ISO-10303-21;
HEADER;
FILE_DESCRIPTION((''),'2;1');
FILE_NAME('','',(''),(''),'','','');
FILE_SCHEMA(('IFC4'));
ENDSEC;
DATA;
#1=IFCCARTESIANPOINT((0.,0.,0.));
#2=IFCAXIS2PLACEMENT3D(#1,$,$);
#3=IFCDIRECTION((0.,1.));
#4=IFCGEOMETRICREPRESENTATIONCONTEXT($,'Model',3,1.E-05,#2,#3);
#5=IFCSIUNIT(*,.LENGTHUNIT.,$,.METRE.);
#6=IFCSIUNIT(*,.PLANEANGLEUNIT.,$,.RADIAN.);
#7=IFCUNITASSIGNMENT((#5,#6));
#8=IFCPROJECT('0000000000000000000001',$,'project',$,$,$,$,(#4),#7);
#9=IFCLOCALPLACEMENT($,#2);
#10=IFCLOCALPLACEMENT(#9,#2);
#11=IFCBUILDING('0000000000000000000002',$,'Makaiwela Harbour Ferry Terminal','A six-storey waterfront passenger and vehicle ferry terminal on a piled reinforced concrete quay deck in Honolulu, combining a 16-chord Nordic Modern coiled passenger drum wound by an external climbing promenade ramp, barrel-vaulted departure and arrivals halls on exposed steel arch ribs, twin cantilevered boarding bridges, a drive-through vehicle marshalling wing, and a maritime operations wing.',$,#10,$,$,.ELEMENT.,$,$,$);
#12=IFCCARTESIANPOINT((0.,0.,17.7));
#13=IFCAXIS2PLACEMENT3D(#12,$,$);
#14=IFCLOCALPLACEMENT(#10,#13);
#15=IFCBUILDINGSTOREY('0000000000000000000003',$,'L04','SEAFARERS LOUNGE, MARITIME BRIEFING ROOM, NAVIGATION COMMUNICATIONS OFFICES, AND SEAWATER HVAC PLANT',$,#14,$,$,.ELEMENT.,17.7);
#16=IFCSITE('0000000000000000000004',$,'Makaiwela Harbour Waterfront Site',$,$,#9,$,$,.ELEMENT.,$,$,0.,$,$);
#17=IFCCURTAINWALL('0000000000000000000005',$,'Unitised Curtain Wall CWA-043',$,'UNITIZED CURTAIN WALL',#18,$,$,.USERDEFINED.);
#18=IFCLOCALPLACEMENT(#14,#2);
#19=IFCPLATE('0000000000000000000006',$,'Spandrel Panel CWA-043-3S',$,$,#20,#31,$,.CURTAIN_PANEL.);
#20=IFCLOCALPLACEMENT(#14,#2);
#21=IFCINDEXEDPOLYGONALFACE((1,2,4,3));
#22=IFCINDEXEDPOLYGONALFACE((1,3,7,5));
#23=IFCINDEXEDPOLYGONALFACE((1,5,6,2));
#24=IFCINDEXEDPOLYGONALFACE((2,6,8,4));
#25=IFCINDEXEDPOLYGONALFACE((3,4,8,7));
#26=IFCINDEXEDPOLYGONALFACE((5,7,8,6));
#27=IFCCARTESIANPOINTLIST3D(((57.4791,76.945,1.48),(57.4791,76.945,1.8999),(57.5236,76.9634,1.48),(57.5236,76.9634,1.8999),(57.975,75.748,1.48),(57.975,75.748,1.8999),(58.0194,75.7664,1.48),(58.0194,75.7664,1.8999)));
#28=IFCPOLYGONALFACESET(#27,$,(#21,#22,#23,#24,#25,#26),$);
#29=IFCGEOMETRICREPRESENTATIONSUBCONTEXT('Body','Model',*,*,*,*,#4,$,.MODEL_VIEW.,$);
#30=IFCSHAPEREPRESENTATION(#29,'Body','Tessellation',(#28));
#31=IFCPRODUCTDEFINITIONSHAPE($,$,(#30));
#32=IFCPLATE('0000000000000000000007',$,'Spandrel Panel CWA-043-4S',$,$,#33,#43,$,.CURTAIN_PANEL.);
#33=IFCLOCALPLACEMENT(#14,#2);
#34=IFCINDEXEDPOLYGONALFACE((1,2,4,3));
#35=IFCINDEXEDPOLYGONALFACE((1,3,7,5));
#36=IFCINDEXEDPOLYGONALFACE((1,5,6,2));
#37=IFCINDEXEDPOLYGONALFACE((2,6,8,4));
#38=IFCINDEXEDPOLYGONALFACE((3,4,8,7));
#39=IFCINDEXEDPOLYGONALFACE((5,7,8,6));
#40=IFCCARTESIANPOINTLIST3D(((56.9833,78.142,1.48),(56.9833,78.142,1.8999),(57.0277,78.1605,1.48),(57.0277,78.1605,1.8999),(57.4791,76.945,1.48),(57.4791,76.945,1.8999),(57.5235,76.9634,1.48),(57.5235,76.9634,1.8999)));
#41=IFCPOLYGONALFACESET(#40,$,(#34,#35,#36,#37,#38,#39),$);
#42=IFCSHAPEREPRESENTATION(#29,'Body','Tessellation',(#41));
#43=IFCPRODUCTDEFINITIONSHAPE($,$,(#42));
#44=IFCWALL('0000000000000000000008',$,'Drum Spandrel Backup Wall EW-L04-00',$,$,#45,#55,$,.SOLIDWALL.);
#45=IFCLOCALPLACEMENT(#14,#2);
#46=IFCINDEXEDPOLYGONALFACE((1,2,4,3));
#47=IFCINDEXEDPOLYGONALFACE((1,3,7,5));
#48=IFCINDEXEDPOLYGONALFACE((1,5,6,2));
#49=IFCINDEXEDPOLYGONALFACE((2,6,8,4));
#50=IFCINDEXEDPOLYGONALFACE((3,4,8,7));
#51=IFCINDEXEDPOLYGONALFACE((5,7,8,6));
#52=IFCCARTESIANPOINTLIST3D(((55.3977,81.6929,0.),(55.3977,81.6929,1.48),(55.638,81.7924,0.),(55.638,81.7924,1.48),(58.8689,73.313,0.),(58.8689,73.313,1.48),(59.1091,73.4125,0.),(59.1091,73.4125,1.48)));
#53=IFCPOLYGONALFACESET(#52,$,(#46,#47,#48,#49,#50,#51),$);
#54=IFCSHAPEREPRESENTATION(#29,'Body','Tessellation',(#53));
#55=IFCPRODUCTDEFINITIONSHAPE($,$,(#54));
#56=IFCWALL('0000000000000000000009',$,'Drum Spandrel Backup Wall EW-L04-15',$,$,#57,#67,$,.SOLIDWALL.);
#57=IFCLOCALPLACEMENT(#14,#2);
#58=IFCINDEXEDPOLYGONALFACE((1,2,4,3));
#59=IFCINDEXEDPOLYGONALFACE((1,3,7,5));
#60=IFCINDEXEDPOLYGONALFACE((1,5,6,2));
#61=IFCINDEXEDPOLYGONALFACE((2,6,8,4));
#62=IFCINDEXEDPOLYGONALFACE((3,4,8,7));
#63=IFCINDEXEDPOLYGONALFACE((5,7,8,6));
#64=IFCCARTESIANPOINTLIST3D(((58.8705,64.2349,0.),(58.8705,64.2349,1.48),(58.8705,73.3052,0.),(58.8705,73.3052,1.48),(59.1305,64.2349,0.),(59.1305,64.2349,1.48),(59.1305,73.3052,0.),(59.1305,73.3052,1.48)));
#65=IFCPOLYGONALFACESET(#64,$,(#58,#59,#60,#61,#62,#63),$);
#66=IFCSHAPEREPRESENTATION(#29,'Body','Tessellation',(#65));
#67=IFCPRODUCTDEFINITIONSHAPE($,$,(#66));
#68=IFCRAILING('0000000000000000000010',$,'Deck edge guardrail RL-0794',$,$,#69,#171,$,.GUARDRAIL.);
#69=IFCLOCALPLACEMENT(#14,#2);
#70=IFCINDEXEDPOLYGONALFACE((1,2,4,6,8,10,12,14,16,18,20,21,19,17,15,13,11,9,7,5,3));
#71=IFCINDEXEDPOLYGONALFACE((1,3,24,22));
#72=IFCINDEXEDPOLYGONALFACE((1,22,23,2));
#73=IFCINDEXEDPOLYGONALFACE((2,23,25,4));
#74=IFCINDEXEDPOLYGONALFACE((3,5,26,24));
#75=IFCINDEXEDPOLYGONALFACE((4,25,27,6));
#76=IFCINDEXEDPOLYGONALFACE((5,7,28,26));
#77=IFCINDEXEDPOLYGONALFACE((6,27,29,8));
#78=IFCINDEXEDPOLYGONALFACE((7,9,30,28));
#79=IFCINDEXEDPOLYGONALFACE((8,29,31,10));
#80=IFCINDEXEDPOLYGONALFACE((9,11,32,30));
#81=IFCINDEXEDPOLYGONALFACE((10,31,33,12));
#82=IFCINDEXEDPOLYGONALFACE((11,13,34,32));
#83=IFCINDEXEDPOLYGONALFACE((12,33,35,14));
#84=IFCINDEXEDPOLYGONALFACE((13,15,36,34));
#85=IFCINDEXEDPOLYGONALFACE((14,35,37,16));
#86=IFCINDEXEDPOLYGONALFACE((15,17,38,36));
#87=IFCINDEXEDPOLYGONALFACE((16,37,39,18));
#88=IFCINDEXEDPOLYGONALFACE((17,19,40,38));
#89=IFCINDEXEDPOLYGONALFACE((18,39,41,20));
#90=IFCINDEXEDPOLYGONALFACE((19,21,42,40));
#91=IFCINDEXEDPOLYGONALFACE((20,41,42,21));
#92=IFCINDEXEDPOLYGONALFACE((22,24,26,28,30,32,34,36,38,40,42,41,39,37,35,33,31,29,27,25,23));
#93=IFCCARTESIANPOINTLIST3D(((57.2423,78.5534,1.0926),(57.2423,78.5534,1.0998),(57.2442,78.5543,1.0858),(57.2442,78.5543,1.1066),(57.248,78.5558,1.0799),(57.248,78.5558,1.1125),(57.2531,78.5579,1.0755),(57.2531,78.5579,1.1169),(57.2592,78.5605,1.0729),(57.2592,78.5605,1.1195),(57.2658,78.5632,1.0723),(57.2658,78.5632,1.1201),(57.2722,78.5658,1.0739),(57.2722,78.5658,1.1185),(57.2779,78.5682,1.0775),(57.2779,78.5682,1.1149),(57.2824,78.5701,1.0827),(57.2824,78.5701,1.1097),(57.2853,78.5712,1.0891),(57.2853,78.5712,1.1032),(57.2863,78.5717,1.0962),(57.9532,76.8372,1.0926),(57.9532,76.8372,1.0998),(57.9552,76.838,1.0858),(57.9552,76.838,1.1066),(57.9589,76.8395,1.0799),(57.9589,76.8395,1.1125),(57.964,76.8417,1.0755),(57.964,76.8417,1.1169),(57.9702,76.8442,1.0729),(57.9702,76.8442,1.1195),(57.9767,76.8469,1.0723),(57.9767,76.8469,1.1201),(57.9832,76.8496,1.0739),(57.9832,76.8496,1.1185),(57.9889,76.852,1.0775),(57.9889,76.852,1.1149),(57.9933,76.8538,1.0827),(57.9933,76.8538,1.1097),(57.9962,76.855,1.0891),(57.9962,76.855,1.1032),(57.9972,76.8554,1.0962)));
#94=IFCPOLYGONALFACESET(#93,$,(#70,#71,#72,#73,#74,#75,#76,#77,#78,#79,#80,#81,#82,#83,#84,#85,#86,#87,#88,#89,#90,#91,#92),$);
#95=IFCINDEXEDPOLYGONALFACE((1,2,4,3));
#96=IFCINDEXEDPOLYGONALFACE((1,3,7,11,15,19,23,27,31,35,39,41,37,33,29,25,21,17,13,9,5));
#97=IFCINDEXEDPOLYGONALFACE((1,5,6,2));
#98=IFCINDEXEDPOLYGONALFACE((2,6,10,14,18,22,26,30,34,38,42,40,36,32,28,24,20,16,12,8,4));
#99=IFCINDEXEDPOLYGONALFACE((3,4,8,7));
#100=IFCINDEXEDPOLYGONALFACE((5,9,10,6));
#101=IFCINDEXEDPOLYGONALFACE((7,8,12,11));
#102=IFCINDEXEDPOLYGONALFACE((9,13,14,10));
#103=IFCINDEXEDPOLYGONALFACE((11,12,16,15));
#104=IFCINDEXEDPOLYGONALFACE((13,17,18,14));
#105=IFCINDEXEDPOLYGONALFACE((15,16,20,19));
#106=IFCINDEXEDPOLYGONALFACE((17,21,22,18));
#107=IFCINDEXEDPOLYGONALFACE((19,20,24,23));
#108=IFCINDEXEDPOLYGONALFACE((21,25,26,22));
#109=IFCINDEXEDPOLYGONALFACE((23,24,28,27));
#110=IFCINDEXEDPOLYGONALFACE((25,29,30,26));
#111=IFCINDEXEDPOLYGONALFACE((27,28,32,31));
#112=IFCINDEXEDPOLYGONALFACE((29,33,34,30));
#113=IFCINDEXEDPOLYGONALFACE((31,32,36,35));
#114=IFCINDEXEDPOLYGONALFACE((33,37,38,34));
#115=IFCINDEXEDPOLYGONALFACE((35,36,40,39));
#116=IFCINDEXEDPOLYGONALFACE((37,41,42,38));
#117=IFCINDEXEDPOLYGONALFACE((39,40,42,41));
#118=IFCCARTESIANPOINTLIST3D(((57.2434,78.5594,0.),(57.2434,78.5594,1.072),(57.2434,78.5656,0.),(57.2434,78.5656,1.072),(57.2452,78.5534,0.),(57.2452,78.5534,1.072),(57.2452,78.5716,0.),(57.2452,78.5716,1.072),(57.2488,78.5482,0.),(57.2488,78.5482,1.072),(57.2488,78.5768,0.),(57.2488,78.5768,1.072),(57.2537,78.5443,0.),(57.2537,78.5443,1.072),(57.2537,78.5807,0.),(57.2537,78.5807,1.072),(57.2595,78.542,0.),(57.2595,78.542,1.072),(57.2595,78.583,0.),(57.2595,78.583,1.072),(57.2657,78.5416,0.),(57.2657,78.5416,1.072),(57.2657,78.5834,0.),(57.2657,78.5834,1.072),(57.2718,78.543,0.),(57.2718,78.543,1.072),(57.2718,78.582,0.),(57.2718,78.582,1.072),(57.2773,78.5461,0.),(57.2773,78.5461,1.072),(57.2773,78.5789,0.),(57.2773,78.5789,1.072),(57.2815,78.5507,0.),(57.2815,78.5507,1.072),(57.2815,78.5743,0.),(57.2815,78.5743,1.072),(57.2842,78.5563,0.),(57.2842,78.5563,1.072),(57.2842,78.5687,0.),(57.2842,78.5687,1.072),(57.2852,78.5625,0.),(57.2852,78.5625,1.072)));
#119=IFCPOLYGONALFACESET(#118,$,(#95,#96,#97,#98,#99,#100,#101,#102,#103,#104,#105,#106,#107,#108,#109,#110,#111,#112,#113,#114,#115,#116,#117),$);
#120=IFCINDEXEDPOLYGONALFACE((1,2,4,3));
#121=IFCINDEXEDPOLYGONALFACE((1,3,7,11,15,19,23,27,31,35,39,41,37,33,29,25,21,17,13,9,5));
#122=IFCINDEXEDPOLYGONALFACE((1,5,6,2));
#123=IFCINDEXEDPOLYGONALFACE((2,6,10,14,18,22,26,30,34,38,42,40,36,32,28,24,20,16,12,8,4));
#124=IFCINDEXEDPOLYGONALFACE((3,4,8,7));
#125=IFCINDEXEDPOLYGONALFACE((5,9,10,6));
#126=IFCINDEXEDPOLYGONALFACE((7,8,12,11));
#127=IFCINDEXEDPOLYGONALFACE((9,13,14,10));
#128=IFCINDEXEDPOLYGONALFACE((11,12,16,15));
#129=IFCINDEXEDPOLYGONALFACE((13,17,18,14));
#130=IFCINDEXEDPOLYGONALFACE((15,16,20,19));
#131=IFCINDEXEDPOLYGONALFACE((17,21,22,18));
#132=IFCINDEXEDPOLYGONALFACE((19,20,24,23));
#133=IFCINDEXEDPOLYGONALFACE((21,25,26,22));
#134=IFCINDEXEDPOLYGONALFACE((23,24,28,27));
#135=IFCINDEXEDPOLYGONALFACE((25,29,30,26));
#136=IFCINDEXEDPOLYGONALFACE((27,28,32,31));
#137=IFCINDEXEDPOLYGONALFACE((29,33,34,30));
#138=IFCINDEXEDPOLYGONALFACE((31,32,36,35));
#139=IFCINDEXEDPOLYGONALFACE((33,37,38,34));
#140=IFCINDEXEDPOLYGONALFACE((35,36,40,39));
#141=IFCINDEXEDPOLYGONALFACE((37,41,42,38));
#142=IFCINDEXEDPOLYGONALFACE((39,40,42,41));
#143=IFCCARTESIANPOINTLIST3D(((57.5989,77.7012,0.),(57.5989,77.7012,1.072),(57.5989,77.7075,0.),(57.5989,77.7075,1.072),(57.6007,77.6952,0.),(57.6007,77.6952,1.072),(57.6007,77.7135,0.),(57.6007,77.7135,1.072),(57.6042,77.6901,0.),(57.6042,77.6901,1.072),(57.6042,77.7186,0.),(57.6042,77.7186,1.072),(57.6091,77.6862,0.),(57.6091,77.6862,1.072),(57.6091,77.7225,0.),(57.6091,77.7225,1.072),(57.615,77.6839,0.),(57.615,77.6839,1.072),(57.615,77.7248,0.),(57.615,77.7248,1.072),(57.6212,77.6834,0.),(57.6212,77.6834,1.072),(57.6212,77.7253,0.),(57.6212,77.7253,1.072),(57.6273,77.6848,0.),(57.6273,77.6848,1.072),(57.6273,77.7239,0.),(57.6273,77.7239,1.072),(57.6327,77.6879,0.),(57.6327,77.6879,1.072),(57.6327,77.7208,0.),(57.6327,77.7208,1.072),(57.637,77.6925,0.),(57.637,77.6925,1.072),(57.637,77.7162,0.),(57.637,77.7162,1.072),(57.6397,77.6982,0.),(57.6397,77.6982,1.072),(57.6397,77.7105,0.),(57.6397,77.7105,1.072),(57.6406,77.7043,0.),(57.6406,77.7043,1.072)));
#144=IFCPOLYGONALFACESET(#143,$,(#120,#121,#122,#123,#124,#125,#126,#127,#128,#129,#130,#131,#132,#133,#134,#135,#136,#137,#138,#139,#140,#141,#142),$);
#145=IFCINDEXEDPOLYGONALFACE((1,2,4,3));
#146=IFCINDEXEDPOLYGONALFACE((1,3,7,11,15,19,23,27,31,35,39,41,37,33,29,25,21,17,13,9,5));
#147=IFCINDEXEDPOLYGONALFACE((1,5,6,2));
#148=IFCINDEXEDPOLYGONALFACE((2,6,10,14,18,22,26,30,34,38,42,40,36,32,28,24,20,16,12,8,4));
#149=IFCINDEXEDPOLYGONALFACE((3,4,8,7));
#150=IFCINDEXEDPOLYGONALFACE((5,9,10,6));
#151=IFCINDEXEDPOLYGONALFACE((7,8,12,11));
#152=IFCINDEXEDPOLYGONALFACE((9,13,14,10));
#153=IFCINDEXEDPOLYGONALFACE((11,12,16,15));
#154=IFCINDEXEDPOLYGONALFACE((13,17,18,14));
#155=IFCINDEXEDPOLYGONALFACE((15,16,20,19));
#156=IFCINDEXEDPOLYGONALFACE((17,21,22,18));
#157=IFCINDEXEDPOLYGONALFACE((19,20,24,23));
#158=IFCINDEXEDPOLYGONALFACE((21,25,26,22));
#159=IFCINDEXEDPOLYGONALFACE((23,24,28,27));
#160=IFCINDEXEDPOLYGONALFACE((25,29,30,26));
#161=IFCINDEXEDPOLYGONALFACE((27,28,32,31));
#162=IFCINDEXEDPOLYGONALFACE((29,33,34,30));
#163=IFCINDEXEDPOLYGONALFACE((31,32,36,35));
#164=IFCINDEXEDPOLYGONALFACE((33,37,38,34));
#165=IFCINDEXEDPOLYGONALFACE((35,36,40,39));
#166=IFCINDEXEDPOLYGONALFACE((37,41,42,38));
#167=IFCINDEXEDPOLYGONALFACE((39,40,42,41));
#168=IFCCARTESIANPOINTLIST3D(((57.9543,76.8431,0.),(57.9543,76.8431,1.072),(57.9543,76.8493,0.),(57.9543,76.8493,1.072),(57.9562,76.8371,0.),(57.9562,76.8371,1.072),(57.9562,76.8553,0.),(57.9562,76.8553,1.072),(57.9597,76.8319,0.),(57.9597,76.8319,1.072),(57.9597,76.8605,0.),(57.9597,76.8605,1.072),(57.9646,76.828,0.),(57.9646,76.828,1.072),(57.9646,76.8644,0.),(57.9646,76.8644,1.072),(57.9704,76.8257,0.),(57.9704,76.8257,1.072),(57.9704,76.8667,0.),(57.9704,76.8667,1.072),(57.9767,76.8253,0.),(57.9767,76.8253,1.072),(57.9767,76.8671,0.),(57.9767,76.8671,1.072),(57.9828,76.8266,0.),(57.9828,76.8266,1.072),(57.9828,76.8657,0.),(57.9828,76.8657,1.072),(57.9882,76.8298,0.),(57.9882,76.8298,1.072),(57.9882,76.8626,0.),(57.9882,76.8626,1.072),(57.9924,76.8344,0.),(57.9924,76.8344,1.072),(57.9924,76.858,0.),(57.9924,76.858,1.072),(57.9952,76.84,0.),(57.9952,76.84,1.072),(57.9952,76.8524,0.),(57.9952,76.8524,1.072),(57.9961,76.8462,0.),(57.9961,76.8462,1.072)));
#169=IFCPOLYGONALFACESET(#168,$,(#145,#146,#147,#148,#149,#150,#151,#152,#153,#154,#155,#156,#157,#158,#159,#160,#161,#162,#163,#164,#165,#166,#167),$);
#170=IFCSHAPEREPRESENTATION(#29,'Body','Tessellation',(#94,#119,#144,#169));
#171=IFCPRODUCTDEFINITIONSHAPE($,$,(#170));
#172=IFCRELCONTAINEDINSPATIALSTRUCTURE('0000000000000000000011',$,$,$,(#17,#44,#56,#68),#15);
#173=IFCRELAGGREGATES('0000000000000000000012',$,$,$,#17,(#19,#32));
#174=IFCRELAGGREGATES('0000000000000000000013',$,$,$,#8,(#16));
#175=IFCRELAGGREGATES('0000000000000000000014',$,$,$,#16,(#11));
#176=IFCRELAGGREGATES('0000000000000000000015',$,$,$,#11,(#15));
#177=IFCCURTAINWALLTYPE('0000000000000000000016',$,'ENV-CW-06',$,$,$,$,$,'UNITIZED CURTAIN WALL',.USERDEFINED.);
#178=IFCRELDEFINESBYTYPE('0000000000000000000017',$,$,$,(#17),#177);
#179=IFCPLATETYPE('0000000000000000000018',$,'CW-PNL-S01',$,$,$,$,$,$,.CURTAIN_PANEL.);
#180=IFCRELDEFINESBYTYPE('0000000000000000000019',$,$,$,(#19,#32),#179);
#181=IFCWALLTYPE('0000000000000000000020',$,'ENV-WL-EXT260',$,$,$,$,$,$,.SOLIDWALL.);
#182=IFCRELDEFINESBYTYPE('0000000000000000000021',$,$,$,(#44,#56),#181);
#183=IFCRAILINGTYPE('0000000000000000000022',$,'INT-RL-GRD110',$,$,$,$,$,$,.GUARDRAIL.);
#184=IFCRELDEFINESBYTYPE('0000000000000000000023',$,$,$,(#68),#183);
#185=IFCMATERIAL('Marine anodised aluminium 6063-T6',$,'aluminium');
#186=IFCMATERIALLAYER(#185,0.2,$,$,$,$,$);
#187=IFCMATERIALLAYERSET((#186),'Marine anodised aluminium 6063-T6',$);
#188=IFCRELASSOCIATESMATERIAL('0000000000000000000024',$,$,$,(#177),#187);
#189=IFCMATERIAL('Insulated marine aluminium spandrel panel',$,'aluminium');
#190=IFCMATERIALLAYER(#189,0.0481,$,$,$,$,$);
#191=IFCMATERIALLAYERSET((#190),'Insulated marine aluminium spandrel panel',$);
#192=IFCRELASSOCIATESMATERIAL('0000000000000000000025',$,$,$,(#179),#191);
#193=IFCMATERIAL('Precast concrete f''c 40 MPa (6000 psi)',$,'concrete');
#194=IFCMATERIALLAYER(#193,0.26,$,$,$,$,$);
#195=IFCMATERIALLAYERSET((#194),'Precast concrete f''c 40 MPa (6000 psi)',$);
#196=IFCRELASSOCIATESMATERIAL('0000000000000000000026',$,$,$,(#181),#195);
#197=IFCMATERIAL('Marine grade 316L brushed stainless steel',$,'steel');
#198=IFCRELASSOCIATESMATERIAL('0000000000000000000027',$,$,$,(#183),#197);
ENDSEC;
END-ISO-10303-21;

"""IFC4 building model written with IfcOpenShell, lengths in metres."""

from ifc_helpers import new_model, si_unit, direction, frame, frame_2d, origin, origin_2d, place, context, subcontext, project, spatial, rectangle, circle, extrude, material, layer, layer_set, type_object, element, aggregate, save


model = new_model("IFC4")

# Units and contexts
model_context = context("Model", 3, precision=1e-05, world=origin(), true_north=direction((0.0, 1.0)))
body_context = subcontext(model_context, "Body", "Model", "MODEL_VIEW")
ifc_project = project(units=[si_unit("LENGTHUNIT", "METRE"), si_unit("PLANEANGLEUNIT", "RADIAN")], contexts=[model_context])

# Site, building, storey
site_placement = place(None, origin())
site = spatial("IfcSite", under=ifc_project, at=site_placement, Name="Makaiwela Harbour Waterfront Site", CompositionType="ELEMENT", RefElevation=0.0)
building_placement = place(site_placement, origin())
building = spatial("IfcBuilding", under=site, at=building_placement, Name="Makaiwela Harbour Ferry Terminal", Description="A six-storey waterfront passenger and vehicle ferry terminal on a piled reinforced concrete quay deck in Honolulu, combining a 16-chord Nordic Modern coiled passenger drum wound by an external climbing promenade ramp, barrel-vaulted departure and arrivals halls on exposed steel arch ribs, twin cantilevered boarding bridges, a drive-through vehicle marshalling wing, and a maritime operations wing.", CompositionType="ELEMENT")
storey_placement = place(building_placement, frame((0.0, 0.0, 17.7)))
storey = spatial("IfcBuildingStorey", under=building, at=storey_placement, Name="L04", Description="SEAFARERS LOUNGE, MARITIME BRIEFING ROOM, NAVIGATION COMMUNICATIONS OFFICES, AND SEAWATER HVAC PLANT", CompositionType="ELEMENT", Elevation=17.7)

# Curtain wall
ifc_material_1 = material(Name="Marine anodised aluminium 6063-T6", Category="aluminium")
ifc_layer_1 = layer(ifc_material_1, 0.2)
ifc_layer_set_1 = layer_set([ifc_layer_1], Name="Marine anodised aluminium 6063-T6")
curtain_wall_type = type_object("IfcCurtainWallType", Name="ENV-CW-06", ElementType="UNITIZED CURTAIN WALL", PredefinedType="USERDEFINED", material=ifc_layer_set_1)
curtain_wall_placement = place(storey_placement, origin())
curtain_wall = element("IfcCurtainWall", 1, at=curtain_wall_placement, inside=storey, type_object=curtain_wall_type, Name="Unitised Curtain Wall CWA-043", ObjectType="UNITIZED CURTAIN WALL", PredefinedType="USERDEFINED")

# Plates
ifc_material_2 = material(Name="Insulated marine aluminium spandrel panel", Category="aluminium")
ifc_layer_2 = layer(ifc_material_2, 0.0481)
ifc_layer_set_2 = layer_set([ifc_layer_2], Name="Insulated marine aluminium spandrel panel")
plate_type_1 = type_object("IfcPlateType", Name="CW-PNL-S01", PredefinedType="CURTAIN_PANEL", material=ifc_layer_set_2)
plate_1_placement = place(storey_placement, frame((57.7493, 76.3557, 1.48), z_axis=(0.0, 0.0, 1.0), x_axis=(-0.382683, 0.92388, 0.0)))
plate_1 = element("IfcPlate", 2, at=plate_1_placement, type_object=plate_type_1, Name="Spandrel Panel CWA-043-3S", PredefinedType="CURTAIN_PANEL", context=body_context, shape_type="SweptSolid", body=[
    extrude(rectangle(XDim=1.2957, YDim=0.0481, at=origin_2d()), origin(), (0.0, 0.0, 1.0), 0.4199),
])
plate_2_placement = place(storey_placement, frame((57.2534, 77.5527, 1.48), z_axis=(0.0, 0.0, 1.0), x_axis=(-0.382683, 0.92388, 0.0)))
plate_2 = element("IfcPlate", 3, at=plate_2_placement, type_object=plate_type_1, Name="Spandrel Panel CWA-043-4S", PredefinedType="CURTAIN_PANEL", context=body_context, shape_type="SweptSolid", body=[
    extrude(rectangle(XDim=1.2957, YDim=0.0481, at=origin_2d()), origin(), (0.0, 0.0, 1.0), 0.4199),
])
aggregate(curtain_wall, [plate_1, plate_2])

# Walls
ifc_material_3 = material(Name="Precast concrete f'c 40 MPa (6000 psi)", Category="concrete")
ifc_layer_3 = layer(ifc_material_3, 0.26)
ifc_layer_set_3 = layer_set([ifc_layer_3], Name="Precast concrete f'c 40 MPa (6000 psi)")
wall_type = type_object("IfcWallType", Name="ENV-WL-EXT260", PredefinedType="SOLIDWALL", material=ifc_layer_set_3)
for number, where, z_axis, x_axis, name in (
    (4, (58.989, 73.3628, 0.0), (0.0, 0.0, 1.0), (-0.382696, 0.923874, 0.0), "Drum Spandrel Backup Wall EW-L04-00"),
    (5, (59.0005, 64.2349, 0.0), (0.0, 0.0, 1.0), (0.0, 1.0, 0.0), "Drum Spandrel Backup Wall EW-L04-15"),
):
    element("IfcWall", number, at=place(storey_placement, frame(where, z_axis=z_axis, x_axis=x_axis)), inside=storey, type_object=wall_type, Name=name, PredefinedType="SOLIDWALL", context=body_context, shape_type="SweptSolid", body=[
        extrude(rectangle(XDim=9.0703, YDim=0.26, at=frame_2d((4.5352, 0.0))), origin(), (0.0, 0.0, 1.0), 1.48),
    ])

# Railing
ifc_material_4 = material(Name="Marine grade 316L brushed stainless steel", Category="steel")
railing_type = type_object("IfcRailingType", Name="INT-RL-GRD110", PredefinedType="GUARDRAIL", material=ifc_material_4)
railing_1_placement = place(storey_placement, frame((57.2642, 78.5625, 0.0)))
element("IfcRailing", 6, at=railing_1_placement, inside=storey, type_object=railing_type, Name="Deck edge guardrail RL-0794", PredefinedType="GUARDRAIL", context=body_context, shape_type="SweptSolid", body=[
    extrude(circle(Radius=0.0239, at=origin_2d()), frame((0.0, 0.0, 1.0962), z_axis=(0.382692, -0.923876, 0.0), x_axis=(0.923876, 0.382692, 0.0)), (0.0, 0.0, 1.0), 1.8577),
    extrude(circle(Radius=0.021, at=origin_2d()), origin(), (0.0, 0.0, 1.0), 1.072),
    extrude(circle(Radius=0.021, at=origin_2d()), frame((0.3555, -0.8582, 0.0)), (0.0, 0.0, 1.0), 1.072),
    extrude(circle(Radius=0.021, at=origin_2d()), frame((0.7109, -1.7163, 0.0)), (0.0, 0.0, 1.0), 1.072),
])

save(model, "model.ifc")
